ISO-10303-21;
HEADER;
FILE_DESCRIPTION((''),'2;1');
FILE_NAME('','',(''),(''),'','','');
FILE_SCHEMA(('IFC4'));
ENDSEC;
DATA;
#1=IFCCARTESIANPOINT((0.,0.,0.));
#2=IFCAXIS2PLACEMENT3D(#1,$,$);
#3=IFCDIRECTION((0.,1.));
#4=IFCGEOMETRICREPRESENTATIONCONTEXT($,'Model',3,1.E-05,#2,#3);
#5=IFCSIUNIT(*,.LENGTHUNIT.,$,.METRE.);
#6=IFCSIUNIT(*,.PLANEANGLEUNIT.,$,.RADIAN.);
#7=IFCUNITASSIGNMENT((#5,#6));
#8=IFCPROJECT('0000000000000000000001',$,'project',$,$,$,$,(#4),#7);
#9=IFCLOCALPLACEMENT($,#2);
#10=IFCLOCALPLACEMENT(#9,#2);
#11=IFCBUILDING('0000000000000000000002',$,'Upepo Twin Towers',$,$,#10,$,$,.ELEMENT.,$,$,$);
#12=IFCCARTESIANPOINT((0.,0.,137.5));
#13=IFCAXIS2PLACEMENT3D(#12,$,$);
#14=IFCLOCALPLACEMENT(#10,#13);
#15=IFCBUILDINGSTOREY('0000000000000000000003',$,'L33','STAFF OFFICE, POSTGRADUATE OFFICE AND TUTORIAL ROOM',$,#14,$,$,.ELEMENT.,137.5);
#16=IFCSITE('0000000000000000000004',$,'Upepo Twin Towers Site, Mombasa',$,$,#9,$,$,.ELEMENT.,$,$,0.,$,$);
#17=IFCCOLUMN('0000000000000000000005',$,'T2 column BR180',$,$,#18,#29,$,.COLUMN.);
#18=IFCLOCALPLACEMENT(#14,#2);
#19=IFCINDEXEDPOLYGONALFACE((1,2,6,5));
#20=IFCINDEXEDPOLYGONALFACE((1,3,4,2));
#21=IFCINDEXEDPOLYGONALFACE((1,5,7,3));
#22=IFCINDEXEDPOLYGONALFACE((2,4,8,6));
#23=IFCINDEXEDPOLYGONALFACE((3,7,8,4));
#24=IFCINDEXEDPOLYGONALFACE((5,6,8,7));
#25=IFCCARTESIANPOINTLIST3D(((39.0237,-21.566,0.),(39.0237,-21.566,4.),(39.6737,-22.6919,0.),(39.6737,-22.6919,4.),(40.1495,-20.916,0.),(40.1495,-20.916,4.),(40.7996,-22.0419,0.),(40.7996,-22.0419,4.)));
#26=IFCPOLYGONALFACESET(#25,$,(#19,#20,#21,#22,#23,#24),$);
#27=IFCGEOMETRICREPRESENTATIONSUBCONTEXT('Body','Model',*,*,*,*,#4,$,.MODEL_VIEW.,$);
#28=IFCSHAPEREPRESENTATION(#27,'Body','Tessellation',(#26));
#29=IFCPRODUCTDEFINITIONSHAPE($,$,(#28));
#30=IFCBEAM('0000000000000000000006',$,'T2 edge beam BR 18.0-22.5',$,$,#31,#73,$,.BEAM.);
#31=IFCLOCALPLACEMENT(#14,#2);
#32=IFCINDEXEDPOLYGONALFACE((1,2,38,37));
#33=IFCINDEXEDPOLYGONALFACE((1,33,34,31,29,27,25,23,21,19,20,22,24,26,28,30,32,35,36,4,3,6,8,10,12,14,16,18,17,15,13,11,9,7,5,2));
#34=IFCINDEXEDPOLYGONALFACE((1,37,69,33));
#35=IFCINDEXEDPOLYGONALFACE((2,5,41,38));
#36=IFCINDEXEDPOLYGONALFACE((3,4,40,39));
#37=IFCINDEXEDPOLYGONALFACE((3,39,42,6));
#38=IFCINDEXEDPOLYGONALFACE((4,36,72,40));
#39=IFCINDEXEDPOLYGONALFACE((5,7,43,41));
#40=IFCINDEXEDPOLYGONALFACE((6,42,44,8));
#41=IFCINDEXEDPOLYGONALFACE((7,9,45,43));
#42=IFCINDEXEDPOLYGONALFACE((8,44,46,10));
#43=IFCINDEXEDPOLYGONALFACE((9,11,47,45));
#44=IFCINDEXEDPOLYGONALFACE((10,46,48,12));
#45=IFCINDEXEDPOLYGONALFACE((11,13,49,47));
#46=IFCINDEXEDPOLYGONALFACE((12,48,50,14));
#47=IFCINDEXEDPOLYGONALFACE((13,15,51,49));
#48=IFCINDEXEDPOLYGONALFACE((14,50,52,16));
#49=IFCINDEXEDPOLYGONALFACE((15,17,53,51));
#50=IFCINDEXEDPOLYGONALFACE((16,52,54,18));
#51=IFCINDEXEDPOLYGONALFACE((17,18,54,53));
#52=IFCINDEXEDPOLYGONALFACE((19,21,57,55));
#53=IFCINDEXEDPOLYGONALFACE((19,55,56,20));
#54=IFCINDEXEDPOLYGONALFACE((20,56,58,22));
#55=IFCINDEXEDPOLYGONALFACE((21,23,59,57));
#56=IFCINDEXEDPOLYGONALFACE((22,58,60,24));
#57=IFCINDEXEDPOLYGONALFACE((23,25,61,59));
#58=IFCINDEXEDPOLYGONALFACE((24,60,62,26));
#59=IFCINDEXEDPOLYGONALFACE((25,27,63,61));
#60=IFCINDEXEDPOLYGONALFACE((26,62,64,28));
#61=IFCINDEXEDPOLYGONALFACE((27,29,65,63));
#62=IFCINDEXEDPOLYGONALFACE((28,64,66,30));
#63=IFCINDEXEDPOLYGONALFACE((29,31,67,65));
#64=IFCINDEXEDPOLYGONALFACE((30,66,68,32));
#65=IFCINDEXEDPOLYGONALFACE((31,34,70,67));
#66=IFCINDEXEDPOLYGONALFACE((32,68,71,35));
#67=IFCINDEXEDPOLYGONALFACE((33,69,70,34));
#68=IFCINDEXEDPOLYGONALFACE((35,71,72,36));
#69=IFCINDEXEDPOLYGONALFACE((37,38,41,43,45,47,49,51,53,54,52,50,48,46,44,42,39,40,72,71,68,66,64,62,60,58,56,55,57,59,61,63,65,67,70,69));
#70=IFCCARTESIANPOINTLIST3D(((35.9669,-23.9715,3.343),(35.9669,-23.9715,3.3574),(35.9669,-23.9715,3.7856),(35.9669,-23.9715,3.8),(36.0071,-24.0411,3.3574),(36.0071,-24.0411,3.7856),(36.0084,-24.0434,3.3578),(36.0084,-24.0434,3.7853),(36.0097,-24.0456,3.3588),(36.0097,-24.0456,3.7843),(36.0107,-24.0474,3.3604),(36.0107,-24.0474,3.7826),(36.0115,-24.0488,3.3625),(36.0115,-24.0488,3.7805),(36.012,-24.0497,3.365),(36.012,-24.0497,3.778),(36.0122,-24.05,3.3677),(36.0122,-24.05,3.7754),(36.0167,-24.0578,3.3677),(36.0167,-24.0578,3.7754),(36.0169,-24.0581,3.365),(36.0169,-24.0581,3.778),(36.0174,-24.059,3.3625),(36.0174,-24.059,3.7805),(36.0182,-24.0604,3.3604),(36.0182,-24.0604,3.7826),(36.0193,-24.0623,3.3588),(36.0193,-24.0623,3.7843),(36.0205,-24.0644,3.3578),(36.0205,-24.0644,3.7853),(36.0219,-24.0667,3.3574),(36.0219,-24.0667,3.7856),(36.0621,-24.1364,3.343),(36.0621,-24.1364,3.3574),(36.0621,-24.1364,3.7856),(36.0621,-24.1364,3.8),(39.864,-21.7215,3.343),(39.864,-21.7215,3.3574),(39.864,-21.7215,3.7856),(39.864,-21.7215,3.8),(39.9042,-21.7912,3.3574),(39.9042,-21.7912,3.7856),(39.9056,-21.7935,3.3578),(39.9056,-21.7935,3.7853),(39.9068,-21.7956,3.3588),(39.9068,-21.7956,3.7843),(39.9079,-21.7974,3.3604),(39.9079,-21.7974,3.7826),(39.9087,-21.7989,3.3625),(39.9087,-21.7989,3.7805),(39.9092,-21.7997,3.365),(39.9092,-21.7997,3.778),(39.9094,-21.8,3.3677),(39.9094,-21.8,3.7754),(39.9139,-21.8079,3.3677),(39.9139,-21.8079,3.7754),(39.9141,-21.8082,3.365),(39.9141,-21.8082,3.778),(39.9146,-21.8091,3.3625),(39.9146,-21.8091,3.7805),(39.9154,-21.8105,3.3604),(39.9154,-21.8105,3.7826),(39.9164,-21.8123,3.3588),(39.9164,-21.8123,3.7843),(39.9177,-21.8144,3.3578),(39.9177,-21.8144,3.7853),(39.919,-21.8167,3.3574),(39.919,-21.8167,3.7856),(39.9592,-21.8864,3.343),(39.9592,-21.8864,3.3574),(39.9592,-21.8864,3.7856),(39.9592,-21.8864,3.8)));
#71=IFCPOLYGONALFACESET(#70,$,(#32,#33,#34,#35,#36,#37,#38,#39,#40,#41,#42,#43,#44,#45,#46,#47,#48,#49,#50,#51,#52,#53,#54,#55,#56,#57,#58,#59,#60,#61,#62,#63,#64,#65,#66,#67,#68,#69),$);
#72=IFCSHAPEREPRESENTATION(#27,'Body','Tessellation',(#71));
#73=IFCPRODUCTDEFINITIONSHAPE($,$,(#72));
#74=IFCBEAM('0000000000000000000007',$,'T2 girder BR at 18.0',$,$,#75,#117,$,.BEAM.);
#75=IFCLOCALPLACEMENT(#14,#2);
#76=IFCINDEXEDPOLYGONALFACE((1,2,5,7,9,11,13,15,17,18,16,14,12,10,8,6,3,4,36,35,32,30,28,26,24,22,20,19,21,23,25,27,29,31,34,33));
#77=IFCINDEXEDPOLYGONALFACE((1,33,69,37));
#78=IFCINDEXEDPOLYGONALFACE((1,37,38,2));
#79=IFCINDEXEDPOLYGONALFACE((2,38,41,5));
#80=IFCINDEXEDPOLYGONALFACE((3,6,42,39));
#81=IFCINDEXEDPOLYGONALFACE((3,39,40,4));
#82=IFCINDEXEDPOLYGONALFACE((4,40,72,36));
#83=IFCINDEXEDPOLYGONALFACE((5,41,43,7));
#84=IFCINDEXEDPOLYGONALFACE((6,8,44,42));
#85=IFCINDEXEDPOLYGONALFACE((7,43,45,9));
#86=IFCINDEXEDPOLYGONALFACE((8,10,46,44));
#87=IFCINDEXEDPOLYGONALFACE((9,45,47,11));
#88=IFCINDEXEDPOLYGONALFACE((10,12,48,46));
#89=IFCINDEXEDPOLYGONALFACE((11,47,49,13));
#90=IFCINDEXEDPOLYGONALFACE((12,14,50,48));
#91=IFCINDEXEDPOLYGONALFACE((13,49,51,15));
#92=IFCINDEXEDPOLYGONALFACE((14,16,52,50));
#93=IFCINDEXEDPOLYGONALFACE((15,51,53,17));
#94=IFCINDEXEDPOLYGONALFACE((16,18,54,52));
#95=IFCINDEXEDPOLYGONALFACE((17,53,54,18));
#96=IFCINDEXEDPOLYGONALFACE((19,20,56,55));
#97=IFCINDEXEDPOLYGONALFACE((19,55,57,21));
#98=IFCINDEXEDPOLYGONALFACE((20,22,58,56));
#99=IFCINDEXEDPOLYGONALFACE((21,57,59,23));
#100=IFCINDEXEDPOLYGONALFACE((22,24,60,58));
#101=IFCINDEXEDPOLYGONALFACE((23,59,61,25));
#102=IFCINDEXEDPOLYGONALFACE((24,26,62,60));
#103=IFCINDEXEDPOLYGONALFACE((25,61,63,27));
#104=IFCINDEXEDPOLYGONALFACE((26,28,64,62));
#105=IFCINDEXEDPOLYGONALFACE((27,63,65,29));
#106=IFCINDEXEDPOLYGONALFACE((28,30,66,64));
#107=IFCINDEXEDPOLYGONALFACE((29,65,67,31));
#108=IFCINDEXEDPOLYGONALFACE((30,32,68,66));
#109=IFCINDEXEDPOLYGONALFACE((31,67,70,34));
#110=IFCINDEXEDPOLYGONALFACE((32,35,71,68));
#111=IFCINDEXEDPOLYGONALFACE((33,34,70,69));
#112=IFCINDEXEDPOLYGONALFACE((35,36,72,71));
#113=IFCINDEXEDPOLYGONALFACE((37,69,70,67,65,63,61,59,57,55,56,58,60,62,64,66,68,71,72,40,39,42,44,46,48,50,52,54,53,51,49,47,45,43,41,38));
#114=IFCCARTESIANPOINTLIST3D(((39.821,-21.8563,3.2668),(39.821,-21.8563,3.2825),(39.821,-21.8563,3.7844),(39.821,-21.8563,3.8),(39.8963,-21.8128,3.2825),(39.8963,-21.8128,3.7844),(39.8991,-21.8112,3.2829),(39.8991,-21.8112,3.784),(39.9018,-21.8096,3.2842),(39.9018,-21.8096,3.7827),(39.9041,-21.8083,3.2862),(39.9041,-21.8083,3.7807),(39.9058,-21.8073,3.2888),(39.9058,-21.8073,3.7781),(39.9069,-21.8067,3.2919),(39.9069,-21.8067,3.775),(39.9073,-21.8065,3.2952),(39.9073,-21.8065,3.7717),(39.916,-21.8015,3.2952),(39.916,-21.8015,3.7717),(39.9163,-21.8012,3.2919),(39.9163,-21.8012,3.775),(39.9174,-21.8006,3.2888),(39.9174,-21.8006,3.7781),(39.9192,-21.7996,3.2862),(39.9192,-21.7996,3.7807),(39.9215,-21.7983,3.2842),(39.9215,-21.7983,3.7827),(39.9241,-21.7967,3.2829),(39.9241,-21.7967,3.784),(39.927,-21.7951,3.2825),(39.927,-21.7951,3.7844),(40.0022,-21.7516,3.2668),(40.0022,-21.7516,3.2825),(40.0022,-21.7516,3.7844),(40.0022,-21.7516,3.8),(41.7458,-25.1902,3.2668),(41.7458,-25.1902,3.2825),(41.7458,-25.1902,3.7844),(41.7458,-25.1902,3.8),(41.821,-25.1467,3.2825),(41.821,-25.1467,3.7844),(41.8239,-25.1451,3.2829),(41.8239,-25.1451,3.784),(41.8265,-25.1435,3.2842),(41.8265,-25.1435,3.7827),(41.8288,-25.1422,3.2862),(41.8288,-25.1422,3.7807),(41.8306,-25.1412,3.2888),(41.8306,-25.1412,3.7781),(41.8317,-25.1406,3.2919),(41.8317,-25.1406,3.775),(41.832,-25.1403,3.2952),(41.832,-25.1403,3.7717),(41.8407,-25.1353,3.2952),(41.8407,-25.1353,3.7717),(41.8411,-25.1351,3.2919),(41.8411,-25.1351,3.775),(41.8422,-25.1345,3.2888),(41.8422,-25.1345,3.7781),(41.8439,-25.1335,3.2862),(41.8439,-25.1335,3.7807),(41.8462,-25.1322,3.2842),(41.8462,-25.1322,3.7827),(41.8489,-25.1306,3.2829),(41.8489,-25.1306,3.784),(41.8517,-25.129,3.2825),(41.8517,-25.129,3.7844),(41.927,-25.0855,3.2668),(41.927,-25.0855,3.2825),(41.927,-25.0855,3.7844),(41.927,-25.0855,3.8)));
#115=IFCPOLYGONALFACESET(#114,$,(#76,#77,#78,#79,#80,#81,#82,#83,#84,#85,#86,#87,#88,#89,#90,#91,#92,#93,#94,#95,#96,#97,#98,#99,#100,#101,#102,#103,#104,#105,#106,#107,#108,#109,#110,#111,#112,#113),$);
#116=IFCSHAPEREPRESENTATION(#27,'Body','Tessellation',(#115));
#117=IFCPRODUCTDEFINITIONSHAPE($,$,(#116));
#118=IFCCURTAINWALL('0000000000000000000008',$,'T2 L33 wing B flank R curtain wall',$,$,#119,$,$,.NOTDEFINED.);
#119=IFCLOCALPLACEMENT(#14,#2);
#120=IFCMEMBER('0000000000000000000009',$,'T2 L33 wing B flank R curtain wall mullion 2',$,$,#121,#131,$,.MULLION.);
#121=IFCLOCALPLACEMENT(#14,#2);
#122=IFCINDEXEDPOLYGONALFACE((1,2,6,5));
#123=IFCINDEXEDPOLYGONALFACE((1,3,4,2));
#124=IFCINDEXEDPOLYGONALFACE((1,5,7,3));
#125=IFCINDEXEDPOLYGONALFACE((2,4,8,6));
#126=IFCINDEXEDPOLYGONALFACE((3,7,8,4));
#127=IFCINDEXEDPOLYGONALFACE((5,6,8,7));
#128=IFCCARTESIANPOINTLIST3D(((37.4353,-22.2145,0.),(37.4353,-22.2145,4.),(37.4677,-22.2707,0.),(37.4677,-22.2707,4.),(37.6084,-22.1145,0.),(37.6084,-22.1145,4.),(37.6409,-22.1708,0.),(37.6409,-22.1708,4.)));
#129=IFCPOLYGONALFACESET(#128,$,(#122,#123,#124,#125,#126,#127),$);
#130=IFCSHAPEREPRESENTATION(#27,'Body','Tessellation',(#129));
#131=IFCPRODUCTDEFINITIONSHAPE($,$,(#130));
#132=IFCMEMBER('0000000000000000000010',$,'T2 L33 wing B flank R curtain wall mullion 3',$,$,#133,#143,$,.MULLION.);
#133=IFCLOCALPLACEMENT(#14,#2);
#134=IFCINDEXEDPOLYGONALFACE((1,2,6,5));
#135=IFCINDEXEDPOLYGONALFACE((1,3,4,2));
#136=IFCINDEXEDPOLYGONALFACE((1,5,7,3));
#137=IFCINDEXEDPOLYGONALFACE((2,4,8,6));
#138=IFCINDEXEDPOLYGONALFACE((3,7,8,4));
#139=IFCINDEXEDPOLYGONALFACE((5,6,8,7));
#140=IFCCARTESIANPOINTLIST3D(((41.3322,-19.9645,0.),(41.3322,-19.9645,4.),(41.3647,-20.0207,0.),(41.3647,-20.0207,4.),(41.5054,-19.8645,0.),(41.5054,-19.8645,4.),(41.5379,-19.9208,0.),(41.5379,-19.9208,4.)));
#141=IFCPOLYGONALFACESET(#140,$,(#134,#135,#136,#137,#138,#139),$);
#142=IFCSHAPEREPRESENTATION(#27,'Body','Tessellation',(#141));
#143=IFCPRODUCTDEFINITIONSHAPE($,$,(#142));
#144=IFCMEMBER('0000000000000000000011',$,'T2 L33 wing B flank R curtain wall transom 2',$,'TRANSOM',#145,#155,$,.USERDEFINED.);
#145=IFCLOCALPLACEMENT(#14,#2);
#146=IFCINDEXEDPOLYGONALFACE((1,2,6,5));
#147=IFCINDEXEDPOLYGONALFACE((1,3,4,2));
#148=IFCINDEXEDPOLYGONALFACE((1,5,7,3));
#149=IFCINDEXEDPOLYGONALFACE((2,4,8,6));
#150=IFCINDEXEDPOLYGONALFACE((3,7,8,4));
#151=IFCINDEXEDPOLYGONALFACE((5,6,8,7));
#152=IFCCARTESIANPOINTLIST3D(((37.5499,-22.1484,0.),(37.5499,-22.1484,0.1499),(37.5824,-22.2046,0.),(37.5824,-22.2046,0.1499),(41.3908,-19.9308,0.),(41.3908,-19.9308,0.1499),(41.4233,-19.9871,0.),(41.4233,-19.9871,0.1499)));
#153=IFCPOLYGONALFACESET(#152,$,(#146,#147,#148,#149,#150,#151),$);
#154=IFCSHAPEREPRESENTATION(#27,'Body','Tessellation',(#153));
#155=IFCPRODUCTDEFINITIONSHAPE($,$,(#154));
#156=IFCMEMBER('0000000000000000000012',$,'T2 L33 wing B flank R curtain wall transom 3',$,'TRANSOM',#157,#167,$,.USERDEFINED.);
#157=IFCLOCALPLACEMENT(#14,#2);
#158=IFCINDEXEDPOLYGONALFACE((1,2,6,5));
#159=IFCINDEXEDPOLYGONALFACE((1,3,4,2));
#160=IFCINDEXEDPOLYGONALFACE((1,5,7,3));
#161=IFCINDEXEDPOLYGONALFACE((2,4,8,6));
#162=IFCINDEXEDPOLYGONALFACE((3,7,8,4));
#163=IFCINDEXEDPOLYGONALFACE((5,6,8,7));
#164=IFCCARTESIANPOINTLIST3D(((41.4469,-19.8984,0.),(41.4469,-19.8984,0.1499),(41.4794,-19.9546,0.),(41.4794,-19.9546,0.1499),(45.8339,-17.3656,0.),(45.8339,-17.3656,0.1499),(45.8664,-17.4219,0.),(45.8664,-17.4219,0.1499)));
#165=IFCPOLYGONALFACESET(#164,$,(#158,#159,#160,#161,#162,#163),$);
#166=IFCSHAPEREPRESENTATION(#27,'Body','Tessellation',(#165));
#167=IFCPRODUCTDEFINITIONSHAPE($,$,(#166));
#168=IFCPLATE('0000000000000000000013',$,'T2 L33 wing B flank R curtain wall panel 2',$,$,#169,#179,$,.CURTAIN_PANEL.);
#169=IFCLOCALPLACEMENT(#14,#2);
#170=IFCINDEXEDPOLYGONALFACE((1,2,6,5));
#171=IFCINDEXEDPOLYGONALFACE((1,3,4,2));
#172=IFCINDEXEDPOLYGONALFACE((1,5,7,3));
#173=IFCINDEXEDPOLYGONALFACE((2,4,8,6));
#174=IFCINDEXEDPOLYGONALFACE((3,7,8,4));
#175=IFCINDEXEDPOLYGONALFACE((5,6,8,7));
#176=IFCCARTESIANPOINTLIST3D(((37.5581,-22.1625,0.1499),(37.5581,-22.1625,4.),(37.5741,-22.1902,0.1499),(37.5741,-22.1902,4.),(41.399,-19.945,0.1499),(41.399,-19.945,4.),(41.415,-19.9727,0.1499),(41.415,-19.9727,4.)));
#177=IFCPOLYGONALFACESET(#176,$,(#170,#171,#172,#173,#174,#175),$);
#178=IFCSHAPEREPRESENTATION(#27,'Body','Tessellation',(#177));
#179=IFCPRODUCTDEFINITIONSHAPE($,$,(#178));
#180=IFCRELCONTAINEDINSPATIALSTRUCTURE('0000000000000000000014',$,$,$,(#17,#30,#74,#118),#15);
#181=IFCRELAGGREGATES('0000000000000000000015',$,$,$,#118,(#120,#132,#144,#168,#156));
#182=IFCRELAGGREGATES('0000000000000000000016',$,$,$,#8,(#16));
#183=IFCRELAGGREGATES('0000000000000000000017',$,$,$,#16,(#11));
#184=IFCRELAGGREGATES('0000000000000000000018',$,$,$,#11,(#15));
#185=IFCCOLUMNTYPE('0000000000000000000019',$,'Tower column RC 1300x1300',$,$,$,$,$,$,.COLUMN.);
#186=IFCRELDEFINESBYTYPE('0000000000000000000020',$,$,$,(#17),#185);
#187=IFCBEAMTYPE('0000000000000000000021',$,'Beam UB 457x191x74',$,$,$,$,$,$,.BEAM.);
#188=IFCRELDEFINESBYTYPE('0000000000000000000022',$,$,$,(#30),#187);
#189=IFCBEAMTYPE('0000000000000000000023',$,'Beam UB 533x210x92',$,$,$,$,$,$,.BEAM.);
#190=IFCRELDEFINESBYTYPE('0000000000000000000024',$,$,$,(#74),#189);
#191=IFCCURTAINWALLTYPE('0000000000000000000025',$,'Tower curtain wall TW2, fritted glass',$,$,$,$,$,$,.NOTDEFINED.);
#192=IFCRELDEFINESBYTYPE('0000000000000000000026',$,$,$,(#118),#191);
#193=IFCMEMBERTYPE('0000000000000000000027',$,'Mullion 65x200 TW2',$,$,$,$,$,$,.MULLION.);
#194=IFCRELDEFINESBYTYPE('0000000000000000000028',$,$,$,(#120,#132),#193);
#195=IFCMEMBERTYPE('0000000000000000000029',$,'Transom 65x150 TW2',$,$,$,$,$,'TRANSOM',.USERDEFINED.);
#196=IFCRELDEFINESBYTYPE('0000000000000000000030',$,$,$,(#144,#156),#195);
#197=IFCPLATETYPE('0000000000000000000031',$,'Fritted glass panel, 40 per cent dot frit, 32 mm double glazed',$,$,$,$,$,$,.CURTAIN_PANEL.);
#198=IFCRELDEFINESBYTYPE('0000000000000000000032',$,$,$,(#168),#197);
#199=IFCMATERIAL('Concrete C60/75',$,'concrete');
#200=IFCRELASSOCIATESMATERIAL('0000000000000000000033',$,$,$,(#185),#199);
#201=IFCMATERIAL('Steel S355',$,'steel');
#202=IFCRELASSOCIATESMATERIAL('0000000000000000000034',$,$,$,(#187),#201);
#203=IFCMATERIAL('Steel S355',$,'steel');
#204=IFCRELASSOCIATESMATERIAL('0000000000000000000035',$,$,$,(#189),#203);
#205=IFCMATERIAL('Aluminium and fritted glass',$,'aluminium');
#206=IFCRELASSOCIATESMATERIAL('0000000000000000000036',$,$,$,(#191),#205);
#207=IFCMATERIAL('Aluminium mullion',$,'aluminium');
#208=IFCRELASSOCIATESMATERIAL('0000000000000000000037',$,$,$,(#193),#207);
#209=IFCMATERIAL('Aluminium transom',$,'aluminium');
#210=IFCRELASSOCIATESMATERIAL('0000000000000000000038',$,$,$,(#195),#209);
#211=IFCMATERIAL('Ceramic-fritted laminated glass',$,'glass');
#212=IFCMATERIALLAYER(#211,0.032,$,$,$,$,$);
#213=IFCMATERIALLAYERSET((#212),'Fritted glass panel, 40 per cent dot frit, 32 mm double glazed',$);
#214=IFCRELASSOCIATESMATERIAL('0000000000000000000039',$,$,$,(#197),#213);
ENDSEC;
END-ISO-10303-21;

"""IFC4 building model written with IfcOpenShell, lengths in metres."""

from ifc_helpers import new_model, si_unit, direction, frame, origin, origin_2d, place, context, subcontext, project, spatial, rectangle, i_section, extrude, material, layer, layer_set, material_profile, profile_set, type_object, element, aggregate, save


model = new_model("IFC4")

# Units and contexts
model_context = context("Model", 3, precision=1e-05, world=origin(), true_north=direction((0.0, 1.0)))
body_context = subcontext(model_context, "Body", "Model", "MODEL_VIEW")
ifc_project = project(units=[si_unit("LENGTHUNIT", "METRE"), si_unit("PLANEANGLEUNIT", "RADIAN")], contexts=[model_context])

# Site, building, storey
site_placement = place(None, origin())
site = spatial("IfcSite", under=ifc_project, at=site_placement, Name="Upepo Twin Towers Site, Mombasa", CompositionType="ELEMENT", RefElevation=0.0)
building_placement = place(site_placement, origin())
building = spatial("IfcBuilding", under=site, at=building_placement, Name="Upepo Twin Towers", CompositionType="ELEMENT")
storey_placement = place(building_placement, frame((0.0, 0.0, 137.5)))
storey = spatial("IfcBuildingStorey", under=building, at=storey_placement, Name="L33", Description="STAFF OFFICE, POSTGRADUATE OFFICE AND TUTORIAL ROOM", CompositionType="ELEMENT", Elevation=137.5)

# Column
ifc_material_1 = material(Name="Concrete C60/75", Category="concrete")
ifc_material_profile_1 = material_profile(ifc_material_1, rectangle(XDim=1.3, YDim=1.3, at=origin_2d()), Name="RC 1300x1300")
ifc_profile_set_1 = profile_set([ifc_material_profile_1], Name="Concrete C60/75")
column_type = type_object("IfcColumnType", Name="Tower column RC 1300x1300", PredefinedType="COLUMN", material=ifc_profile_set_1)
column_placement = place(storey_placement, frame((39.9116, -21.804, 0.0), z_axis=(0.0, 0.0, 1.0), x_axis=(0.866025, 0.5, 0.0)))
element("IfcColumn", 1, at=column_placement, inside=storey, type_object=column_type, Name="T2 column BR180", PredefinedType="COLUMN", context=body_context, shape_type="SweptSolid", body=[
    extrude(rectangle(XDim=1.3, YDim=1.3, at=origin_2d()), origin(), (0.0, 0.0, 1.0), 4.0),
])

# Beams
ifc_material_2 = material(Name="Steel S355", Category="steel")
ifc_material_profile_2 = material_profile(ifc_material_2, i_section(OverallWidth=0.1904, OverallDepth=0.457, WebThickness=0.009, FlangeThickness=0.0144, FilletRadius=0.0103, at=origin_2d()), Name="UB 457x191x74")
ifc_profile_set_2 = profile_set([ifc_material_profile_2], Name="Steel S355")
beam_type_1 = type_object("IfcBeamType", Name="Beam UB 457x191x74", PredefinedType="BEAM", material=ifc_profile_set_2)
beam_1_placement = place(storey_placement, frame((39.9116, -21.804, 3.5715), z_axis=(-0.866031, -0.49999, 0.0), x_axis=(0.49999, -0.866031, 0.0)))
element("IfcBeam", 2, at=beam_1_placement, inside=storey, type_object=beam_type_1, Name="T2 edge beam BR 18.0-22.5", PredefinedType="BEAM", context=body_context, shape_type="SweptSolid", body=[
    extrude(i_section(OverallWidth=0.1904, OverallDepth=0.457, WebThickness=0.009, FlangeThickness=0.0144, FilletRadius=0.0103, at=origin_2d()), origin(), (0.0, 0.0, 1.0), 4.5),
])
ifc_material_3 = material(Name="Steel S355", Category="steel")
ifc_material_profile_3 = material_profile(ifc_material_3, i_section(OverallWidth=0.2092, OverallDepth=0.5332, WebThickness=0.01, FlangeThickness=0.0156, FilletRadius=0.0127, at=origin_2d()), Name="UB 533x210x92")
ifc_profile_set_3 = profile_set([ifc_material_profile_3], Name="Steel S355")
beam_type_2 = type_object("IfcBeamType", Name="Beam UB 533x210x92", PredefinedType="BEAM", material=ifc_profile_set_3)
beam_2_placement = place(storey_placement, frame((39.9116, -21.804, 3.5334), z_axis=(0.499986, -0.866034, 0.0), x_axis=(0.866034, 0.499986, 0.0)))
element("IfcBeam", 3, at=beam_2_placement, inside=storey, type_object=beam_type_2, Name="T2 girder BR at 18.0", PredefinedType="BEAM", context=body_context, shape_type="SweptSolid", body=[
    extrude(i_section(OverallWidth=0.2092, OverallDepth=0.5332, WebThickness=0.01, FlangeThickness=0.0156, FilletRadius=0.0127, at=origin_2d()), origin(), (0.0, 0.0, 1.0), 3.8496),
])

# Curtain wall, members, plate
ifc_material_4 = material(Name="Aluminium and fritted glass", Category="aluminium")
curtain_wall_type = type_object("IfcCurtainWallType", Name="Tower curtain wall TW2, fritted glass", PredefinedType="NOTDEFINED", material=ifc_material_4)
curtain_wall_placement = place(storey_placement, origin())
curtain_wall = element("IfcCurtainWall", 4, at=curtain_wall_placement, inside=storey, type_object=curtain_wall_type, Name="T2 L33 wing B flank R curtain wall", PredefinedType="NOTDEFINED")
ifc_material_5 = material(Name="Aluminium mullion", Category="aluminium")
ifc_material_profile_4 = material_profile(ifc_material_5, rectangle(XDim=0.0649, YDim=0.2, at=origin_2d()), Name="MULLION 65x200")
ifc_profile_set_4 = profile_set([ifc_material_profile_4], Name="Aluminium mullion")
member_type_1 = type_object("IfcMemberType", Name="Mullion 65x200 TW2", PredefinedType="MULLION", material=ifc_profile_set_4)
member_1_placement = place(storey_placement, frame((37.5381, -22.1926, 0.0), z_axis=(0.0, 0.0, 1.0), x_axis=(-0.5, 0.866025, 0.0)))
member_1 = element("IfcMember", 5, at=member_1_placement, type_object=member_type_1, Name="T2 L33 wing B flank R curtain wall mullion 2", PredefinedType="MULLION", context=body_context, shape_type="SweptSolid", body=[
    extrude(rectangle(XDim=0.0649, YDim=0.2, at=origin_2d()), origin(), (0.0, 0.0, 1.0), 4.0),
])
member_2_placement = place(storey_placement, frame((41.4351, -19.9426, 0.0), z_axis=(0.0, 0.0, 1.0), x_axis=(-0.5, 0.866025, 0.0)))
member_2 = element("IfcMember", 6, at=member_2_placement, type_object=member_type_1, Name="T2 L33 wing B flank R curtain wall mullion 3", PredefinedType="MULLION", context=body_context, shape_type="SweptSolid", body=[
    extrude(rectangle(XDim=0.0649, YDim=0.2, at=origin_2d()), origin(), (0.0, 0.0, 1.0), 4.0),
])
ifc_material_6 = material(Name="Aluminium transom", Category="aluminium")
ifc_material_profile_5 = material_profile(ifc_material_6, rectangle(XDim=0.0649, YDim=0.1499, at=origin_2d()), Name="TRANSOM 65x150")
ifc_profile_set_5 = profile_set([ifc_material_profile_5], Name="Aluminium transom")
member_type_2 = type_object("IfcMemberType", Name="Transom 65x150 TW2", ElementType="TRANSOM", PredefinedType="USERDEFINED", material=ifc_profile_set_5)
member_3_placement = place(storey_placement, frame((37.5662, -22.1765, 0.075), z_axis=(0.866022, 0.500005, 0.0), x_axis=(-0.500005, 0.866022, 0.0)))
member_3 = element("IfcMember", 7, at=member_3_placement, type_object=member_type_2, Name="T2 L33 wing B flank R curtain wall transom 2", ObjectType="TRANSOM", PredefinedType="USERDEFINED", context=body_context, shape_type="SweptSolid", body=[
    extrude(rectangle(XDim=0.0649, YDim=0.1499, at=origin_2d()), origin(), (0.0, 0.0, 1.0), 4.4351),
])
member_4_placement = place(storey_placement, frame((41.4631, -19.9265, 0.075), z_axis=(0.866034, 0.499985, 0.0), x_axis=(-0.499985, 0.866034, 0.0)))
member_4 = element("IfcMember", 8, at=member_4_placement, type_object=member_type_2, Name="T2 L33 wing B flank R curtain wall transom 3", ObjectType="TRANSOM", PredefinedType="USERDEFINED", context=body_context, shape_type="SweptSolid", body=[
    extrude(rectangle(XDim=0.0649, YDim=0.1499, at=origin_2d()), origin(), (0.0, 0.0, 1.0), 5.0657),
])
ifc_material_7 = material(Name="Ceramic-fritted laminated glass", Category="glass")
ifc_layer_1 = layer(ifc_material_7, 0.032)
ifc_layer_set_1 = layer_set([ifc_layer_1], Name="Fritted glass panel, 40 per cent dot frit, 32 mm double glazed")
plate_type = type_object("IfcPlateType", Name="Fritted glass panel, 40 per cent dot frit, 32 mm double glazed", PredefinedType="CURTAIN_PANEL", material=ifc_layer_set_1)
plate_placement = place(storey_placement, frame((39.4866, -21.0676, 0.1499), z_axis=(0.0, 0.0, 1.0), x_axis=(0.866025, 0.5, 0.0)))
plate = element("IfcPlate", 9, at=plate_placement, type_object=plate_type, Name="T2 L33 wing B flank R curtain wall panel 2", PredefinedType="CURTAIN_PANEL", context=body_context, shape_type="SweptSolid", body=[
    extrude(rectangle(XDim=4.4351, YDim=0.032, at=origin_2d()), origin(), (0.0, 0.0, 1.0), 3.8501),
])
aggregate(curtain_wall, [member_1, member_2, member_3, plate, member_4])

save(model, "model.ifc")
